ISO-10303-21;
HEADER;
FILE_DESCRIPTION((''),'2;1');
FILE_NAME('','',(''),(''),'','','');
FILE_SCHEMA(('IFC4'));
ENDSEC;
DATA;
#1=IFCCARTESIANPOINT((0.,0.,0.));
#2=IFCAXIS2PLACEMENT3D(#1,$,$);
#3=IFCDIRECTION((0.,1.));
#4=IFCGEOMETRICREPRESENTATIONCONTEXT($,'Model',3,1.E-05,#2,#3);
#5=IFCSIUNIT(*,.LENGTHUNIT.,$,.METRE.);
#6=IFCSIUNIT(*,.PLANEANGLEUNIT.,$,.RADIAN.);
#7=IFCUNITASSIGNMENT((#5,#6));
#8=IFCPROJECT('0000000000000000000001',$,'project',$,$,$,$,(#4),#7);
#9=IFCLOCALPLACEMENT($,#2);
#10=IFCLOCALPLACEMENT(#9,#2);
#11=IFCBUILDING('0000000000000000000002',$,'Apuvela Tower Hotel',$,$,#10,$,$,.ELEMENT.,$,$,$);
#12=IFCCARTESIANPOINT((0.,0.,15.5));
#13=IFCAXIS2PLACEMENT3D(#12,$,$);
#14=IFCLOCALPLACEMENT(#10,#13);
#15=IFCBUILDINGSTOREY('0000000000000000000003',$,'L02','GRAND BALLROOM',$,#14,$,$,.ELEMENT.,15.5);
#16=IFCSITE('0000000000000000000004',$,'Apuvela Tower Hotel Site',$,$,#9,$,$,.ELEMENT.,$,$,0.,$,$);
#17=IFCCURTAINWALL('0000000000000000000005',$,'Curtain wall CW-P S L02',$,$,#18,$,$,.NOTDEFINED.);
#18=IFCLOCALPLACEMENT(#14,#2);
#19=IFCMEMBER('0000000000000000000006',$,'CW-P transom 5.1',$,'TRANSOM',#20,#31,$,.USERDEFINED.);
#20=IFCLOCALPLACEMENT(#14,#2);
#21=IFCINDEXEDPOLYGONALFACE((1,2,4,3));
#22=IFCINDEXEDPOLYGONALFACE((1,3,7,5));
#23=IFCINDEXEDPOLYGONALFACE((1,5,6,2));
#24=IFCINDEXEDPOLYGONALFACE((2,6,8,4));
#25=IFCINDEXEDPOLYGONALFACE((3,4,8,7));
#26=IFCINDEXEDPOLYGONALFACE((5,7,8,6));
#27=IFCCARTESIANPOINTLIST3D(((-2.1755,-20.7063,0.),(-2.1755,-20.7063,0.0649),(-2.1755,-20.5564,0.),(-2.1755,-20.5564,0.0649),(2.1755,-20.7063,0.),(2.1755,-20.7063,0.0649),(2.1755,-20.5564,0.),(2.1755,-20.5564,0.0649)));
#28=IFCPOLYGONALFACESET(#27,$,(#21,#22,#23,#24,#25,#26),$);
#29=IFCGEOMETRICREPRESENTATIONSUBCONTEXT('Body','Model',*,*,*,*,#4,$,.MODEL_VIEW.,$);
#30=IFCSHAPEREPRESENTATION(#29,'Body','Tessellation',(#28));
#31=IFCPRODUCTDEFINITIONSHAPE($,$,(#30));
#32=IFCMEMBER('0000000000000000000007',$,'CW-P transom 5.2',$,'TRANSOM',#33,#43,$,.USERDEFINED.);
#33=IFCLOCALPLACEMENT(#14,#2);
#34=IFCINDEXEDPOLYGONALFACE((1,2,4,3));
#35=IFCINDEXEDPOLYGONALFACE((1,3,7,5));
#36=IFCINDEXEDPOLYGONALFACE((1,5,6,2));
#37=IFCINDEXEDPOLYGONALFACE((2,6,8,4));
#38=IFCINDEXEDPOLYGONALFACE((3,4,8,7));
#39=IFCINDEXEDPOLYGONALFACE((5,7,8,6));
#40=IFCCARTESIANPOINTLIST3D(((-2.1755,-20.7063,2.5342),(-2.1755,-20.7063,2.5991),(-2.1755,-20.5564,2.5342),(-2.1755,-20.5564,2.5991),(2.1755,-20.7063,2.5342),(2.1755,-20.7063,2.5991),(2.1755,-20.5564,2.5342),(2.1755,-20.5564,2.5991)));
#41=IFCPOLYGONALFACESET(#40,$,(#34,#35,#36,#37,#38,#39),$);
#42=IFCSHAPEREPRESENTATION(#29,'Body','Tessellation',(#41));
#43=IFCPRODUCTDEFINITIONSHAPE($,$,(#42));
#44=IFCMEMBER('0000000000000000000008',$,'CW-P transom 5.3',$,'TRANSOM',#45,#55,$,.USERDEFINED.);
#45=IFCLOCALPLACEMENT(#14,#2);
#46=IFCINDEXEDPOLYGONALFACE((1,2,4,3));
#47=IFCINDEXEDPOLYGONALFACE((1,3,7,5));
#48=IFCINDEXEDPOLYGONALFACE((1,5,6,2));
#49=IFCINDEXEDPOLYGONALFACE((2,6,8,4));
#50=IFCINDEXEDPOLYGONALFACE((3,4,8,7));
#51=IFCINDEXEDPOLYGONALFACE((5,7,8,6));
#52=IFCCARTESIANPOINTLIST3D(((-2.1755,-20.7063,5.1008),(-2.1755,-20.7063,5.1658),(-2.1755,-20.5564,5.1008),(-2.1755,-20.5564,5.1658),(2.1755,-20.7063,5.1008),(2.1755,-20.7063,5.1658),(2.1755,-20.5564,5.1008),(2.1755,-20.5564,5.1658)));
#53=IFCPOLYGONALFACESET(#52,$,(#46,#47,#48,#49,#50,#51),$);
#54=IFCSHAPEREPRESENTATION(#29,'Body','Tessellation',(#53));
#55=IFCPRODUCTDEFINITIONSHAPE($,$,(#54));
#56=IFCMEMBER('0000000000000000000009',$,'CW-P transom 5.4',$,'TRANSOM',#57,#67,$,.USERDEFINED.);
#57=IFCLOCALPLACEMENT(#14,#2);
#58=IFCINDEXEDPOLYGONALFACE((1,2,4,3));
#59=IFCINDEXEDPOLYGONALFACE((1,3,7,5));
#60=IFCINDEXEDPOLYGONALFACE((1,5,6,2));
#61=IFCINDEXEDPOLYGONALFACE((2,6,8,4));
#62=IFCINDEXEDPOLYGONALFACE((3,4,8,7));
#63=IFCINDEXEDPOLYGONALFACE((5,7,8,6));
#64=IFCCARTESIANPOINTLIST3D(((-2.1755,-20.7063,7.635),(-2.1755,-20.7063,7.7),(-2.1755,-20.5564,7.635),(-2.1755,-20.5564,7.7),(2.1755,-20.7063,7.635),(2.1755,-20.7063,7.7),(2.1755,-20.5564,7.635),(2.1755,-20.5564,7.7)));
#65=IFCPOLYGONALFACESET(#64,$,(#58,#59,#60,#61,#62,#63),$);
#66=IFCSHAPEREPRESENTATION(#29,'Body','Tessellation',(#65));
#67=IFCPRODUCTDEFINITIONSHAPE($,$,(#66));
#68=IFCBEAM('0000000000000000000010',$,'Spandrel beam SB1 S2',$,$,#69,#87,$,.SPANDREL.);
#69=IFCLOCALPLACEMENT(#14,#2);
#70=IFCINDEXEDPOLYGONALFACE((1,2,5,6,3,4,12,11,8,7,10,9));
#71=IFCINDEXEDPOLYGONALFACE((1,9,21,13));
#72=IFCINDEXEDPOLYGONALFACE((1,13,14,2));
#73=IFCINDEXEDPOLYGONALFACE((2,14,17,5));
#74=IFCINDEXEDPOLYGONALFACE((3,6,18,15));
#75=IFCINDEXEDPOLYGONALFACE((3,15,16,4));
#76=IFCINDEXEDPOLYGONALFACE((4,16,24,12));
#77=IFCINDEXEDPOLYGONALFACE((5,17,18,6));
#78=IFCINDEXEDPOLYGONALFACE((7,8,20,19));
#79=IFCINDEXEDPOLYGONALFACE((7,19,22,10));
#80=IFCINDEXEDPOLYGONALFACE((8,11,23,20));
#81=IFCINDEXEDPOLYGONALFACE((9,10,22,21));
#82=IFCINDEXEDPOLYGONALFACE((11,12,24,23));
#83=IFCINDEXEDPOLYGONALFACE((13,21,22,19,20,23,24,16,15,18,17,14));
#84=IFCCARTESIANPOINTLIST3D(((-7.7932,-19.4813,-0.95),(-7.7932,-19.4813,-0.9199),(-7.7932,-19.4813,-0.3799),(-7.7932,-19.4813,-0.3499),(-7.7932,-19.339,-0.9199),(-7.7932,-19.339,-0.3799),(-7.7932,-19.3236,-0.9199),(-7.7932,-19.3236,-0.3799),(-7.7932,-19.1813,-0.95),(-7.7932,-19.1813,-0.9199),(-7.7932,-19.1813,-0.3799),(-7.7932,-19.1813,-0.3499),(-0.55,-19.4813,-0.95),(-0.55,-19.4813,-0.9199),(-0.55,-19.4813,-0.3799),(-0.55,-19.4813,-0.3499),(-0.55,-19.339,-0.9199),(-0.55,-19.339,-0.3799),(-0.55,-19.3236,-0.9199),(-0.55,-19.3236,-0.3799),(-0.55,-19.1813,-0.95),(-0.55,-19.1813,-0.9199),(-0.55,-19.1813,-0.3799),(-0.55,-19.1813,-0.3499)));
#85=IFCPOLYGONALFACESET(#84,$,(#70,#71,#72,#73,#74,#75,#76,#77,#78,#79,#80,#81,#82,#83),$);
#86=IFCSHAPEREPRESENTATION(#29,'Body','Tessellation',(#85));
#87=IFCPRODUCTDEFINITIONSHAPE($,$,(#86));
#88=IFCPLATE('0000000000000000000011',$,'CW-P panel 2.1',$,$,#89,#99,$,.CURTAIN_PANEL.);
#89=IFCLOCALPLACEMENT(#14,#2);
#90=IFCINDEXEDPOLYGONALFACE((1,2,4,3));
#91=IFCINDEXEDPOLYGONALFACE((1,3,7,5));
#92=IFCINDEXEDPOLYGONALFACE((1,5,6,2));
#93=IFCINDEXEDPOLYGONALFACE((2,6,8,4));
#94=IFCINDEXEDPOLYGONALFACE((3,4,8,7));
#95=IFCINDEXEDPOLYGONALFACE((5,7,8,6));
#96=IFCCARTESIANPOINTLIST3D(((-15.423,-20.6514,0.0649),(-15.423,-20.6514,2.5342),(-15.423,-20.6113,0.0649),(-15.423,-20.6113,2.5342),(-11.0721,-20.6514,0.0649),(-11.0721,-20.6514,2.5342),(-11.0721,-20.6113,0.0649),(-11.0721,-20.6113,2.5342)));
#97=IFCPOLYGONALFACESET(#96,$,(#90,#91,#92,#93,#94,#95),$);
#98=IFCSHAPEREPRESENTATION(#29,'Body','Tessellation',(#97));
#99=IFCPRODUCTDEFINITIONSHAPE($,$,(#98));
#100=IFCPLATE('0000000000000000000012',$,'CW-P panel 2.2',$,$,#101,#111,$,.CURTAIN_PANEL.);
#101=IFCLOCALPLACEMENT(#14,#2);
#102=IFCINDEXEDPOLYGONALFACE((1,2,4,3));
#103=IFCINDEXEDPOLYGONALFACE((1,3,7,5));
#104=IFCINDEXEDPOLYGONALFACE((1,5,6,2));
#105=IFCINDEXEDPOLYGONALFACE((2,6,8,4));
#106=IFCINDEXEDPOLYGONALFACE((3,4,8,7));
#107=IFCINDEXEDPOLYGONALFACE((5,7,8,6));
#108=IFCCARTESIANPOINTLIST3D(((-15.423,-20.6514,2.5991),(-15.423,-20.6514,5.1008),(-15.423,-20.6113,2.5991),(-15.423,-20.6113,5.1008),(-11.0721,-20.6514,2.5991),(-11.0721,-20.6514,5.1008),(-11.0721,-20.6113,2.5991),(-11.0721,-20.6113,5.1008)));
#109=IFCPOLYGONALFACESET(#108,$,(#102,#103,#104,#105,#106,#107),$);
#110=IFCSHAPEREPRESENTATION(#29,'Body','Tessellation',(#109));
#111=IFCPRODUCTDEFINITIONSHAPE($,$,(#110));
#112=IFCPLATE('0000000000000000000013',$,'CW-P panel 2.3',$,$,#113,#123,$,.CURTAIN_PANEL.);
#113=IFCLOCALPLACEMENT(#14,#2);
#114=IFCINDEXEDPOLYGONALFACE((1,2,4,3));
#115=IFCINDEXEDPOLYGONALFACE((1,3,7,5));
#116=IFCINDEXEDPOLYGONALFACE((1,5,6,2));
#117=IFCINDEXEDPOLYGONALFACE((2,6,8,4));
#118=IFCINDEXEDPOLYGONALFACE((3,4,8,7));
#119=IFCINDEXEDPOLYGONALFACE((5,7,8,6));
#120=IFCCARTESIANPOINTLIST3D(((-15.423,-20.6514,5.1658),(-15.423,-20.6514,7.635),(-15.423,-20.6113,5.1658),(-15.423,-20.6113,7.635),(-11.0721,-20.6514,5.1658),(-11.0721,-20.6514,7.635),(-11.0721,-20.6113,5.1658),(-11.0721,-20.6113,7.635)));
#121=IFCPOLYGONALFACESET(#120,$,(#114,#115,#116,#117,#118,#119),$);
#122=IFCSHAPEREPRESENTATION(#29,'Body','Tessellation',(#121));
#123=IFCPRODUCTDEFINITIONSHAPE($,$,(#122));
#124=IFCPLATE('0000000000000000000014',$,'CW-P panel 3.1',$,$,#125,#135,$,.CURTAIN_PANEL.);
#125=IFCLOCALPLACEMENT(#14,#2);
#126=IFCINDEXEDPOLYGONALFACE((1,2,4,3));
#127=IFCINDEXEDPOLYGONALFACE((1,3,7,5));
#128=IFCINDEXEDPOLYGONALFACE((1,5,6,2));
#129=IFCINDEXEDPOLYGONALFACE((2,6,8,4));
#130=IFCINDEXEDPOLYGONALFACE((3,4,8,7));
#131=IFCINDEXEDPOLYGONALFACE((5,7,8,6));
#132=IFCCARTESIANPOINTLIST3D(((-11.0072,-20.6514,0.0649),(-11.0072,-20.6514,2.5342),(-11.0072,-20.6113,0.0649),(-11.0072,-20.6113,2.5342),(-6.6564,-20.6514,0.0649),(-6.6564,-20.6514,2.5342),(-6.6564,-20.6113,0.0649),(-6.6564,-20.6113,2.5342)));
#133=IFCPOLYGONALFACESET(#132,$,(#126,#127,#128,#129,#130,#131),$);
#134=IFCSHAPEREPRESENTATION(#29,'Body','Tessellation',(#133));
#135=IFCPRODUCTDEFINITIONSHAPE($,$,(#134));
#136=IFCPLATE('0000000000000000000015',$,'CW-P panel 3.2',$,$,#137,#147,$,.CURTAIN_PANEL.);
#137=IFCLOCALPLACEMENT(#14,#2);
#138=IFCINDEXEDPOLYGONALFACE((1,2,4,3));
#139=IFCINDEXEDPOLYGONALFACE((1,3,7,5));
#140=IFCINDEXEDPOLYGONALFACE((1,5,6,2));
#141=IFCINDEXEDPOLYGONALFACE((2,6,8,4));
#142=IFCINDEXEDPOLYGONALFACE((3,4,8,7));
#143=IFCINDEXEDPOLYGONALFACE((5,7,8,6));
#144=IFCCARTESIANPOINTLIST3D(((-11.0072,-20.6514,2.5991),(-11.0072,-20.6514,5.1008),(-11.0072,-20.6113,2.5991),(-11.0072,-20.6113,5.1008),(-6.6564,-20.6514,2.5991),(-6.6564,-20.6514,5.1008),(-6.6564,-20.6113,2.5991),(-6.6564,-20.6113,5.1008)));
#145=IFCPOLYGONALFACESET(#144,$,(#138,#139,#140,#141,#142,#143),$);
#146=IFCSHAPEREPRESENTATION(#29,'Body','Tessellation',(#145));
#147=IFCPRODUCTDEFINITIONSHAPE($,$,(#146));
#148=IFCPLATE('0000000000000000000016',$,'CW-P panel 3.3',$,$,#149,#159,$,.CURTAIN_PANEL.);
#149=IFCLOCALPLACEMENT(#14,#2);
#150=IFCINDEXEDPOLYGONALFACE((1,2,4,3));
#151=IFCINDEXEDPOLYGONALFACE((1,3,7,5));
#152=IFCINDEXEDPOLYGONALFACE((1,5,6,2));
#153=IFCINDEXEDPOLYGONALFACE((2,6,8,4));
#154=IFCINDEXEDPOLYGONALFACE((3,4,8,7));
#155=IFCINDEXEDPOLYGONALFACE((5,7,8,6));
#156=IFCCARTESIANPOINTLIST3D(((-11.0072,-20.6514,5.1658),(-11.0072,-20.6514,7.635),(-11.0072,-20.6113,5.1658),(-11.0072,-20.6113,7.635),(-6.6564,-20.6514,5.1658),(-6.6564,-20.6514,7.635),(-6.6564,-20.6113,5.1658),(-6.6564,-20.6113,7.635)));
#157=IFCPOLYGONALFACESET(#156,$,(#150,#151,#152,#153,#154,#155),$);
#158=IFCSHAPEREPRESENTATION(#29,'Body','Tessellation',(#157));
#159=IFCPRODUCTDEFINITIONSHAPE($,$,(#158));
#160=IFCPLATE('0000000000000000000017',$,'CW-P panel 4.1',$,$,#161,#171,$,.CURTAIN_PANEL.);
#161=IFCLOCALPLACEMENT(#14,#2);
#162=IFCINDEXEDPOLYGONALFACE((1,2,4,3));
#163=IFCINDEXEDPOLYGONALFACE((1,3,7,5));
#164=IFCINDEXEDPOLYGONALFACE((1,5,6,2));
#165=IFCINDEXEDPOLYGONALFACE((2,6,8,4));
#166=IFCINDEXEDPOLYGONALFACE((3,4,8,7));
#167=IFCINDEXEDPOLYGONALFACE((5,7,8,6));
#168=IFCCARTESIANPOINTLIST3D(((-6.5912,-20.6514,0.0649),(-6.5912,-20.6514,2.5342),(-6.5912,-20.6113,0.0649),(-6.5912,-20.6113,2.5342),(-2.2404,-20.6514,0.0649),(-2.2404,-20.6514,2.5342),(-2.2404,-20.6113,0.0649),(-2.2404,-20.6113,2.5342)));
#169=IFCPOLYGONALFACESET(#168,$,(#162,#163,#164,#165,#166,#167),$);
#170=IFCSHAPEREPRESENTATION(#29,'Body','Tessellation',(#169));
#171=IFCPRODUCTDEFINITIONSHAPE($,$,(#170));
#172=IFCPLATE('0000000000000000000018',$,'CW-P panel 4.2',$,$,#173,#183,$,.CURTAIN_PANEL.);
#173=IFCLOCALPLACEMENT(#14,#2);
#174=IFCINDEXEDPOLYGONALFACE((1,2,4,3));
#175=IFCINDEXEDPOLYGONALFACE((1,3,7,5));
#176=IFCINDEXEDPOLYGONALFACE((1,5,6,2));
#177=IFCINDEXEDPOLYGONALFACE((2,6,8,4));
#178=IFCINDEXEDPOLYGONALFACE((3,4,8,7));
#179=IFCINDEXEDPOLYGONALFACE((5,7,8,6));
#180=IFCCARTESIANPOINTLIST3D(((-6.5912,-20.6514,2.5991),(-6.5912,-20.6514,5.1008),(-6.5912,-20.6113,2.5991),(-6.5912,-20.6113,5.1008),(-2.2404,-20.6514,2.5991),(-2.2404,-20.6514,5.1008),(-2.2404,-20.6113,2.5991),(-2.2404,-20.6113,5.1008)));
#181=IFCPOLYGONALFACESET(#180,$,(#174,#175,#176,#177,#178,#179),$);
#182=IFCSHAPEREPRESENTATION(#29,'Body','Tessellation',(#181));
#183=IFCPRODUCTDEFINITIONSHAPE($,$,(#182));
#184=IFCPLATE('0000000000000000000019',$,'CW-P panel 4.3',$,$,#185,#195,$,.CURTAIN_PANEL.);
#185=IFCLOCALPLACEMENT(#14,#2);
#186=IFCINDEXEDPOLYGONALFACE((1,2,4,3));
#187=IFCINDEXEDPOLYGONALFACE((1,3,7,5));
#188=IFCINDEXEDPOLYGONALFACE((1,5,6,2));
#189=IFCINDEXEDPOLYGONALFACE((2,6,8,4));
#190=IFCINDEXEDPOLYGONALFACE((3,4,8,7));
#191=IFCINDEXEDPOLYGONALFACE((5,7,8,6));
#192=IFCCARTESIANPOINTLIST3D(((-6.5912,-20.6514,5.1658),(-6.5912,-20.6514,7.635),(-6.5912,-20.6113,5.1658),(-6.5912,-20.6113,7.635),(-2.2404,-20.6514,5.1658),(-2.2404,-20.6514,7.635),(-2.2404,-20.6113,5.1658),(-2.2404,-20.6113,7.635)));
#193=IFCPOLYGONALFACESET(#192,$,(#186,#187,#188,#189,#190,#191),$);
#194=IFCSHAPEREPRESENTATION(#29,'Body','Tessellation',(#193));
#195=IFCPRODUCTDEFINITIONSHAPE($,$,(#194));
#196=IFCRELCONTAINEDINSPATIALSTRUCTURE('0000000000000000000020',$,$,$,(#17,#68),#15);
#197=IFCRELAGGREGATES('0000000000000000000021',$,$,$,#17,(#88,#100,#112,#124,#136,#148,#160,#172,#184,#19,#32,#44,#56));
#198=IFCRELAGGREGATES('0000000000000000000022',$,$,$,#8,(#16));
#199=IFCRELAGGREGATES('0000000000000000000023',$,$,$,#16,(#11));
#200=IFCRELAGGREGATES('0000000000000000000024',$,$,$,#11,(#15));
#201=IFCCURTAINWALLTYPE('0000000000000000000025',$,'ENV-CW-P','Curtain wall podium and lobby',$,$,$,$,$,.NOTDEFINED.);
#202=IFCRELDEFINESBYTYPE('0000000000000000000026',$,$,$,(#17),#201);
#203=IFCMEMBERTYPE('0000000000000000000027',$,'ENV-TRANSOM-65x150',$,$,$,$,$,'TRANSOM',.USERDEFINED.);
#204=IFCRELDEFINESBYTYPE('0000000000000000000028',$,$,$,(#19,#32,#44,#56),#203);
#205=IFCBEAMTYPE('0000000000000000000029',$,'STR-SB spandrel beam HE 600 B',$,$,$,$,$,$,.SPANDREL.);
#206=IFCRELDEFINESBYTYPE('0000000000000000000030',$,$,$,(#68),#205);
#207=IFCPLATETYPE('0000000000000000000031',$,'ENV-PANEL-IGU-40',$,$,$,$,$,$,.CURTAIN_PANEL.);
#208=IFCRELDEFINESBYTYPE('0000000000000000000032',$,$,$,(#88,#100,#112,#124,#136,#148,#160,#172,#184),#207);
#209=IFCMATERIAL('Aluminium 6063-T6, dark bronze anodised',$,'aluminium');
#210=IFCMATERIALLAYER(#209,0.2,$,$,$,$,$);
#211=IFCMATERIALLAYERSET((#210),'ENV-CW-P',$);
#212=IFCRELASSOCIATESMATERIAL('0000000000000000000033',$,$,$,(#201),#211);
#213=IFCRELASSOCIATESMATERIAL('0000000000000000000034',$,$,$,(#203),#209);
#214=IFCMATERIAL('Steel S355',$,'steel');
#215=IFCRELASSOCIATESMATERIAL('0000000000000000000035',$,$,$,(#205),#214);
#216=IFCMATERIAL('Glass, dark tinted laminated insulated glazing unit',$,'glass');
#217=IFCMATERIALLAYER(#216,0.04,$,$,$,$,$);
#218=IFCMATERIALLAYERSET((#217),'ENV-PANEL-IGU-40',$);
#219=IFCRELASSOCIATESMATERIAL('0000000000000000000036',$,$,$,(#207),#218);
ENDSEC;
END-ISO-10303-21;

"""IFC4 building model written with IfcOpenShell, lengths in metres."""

from ifc_helpers import new_model, si_unit, direction, frame, origin, origin_2d, place, context, subcontext, project, spatial, rectangle, i_section, extrude, material, layer, layer_set, material_profile, profile_set, type_object, element, aggregate, save


model = new_model("IFC4")

# Units and contexts
model_context = context("Model", 3, precision=1e-05, world=origin(), true_north=direction((0.0, 1.0)))
body_context = subcontext(model_context, "Body", "Model", "MODEL_VIEW")
ifc_project = project(units=[si_unit("LENGTHUNIT", "METRE"), si_unit("PLANEANGLEUNIT", "RADIAN")], contexts=[model_context])

# Site, building, storey
site_placement = place(None, origin())
site = spatial("IfcSite", under=ifc_project, at=site_placement, Name="Apuvela Tower Hotel Site", CompositionType="ELEMENT", RefElevation=0.0)
building_placement = place(site_placement, origin())
building = spatial("IfcBuilding", under=site, at=building_placement, Name="Apuvela Tower Hotel", CompositionType="ELEMENT")
storey_placement = place(building_placement, frame((0.0, 0.0, 15.5)))
storey = spatial("IfcBuildingStorey", under=building, at=storey_placement, Name="L02", Description="GRAND BALLROOM", CompositionType="ELEMENT", Elevation=15.5)

# Curtain wall, members
ifc_material_1 = material(Name="Aluminium 6063-T6, dark bronze anodised", Category="aluminium")
ifc_layer_1 = layer(ifc_material_1, 0.2)
ifc_layer_set_1 = layer_set([ifc_layer_1], Name="ENV-CW-P")
curtain_wall_type = type_object("IfcCurtainWallType", Name="ENV-CW-P", Description="Curtain wall podium and lobby", PredefinedType="NOTDEFINED", material=ifc_layer_set_1)
curtain_wall_placement = place(storey_placement, origin())
curtain_wall = element("IfcCurtainWall", 1, at=curtain_wall_placement, inside=storey, type_object=curtain_wall_type, Name="Curtain wall CW-P S L02", PredefinedType="NOTDEFINED")
ifc_material_profile_1 = material_profile(ifc_material_1, rectangle(XDim=0.1499, YDim=0.0649, at=origin_2d()), Name="AL 65x150 transom")
ifc_profile_set_1 = profile_set([ifc_material_profile_1], Name="Aluminium 6063-T6, dark bronze anodised")
member_type_1 = type_object("IfcMemberType", Name="ENV-TRANSOM-65x150", ElementType="TRANSOM", PredefinedType="USERDEFINED", material=ifc_profile_set_1)
member_1_placement = place(storey_placement, frame((-2.1755, -20.6313, 0.0325), z_axis=(1.0, 0.0, 0.0), x_axis=(0.0, 1.0, 0.0)))
member_1 = element("IfcMember", 2, at=member_1_placement, type_object=member_type_1, Name="CW-P transom 5.1", ObjectType="TRANSOM", PredefinedType="USERDEFINED", context=body_context, shape_type="SweptSolid", body=[
    extrude(rectangle(XDim=0.1499, YDim=0.0649, at=origin_2d()), origin(), (0.0, 0.0, 1.0), 4.3511),
])
member_2_placement = place(storey_placement, frame((-2.1755, -20.6313, 2.5667), z_axis=(1.0, 0.0, 0.0), x_axis=(0.0, 1.0, 0.0)))
member_2 = element("IfcMember", 3, at=member_2_placement, type_object=member_type_1, Name="CW-P transom 5.2", ObjectType="TRANSOM", PredefinedType="USERDEFINED", context=body_context, shape_type="SweptSolid", body=[
    extrude(rectangle(XDim=0.1499, YDim=0.0649, at=origin_2d()), origin(), (0.0, 0.0, 1.0), 4.3511),
])
member_3_placement = place(storey_placement, frame((-2.1755, -20.6313, 5.1333), z_axis=(1.0, 0.0, 0.0), x_axis=(0.0, 1.0, 0.0)))
member_3 = element("IfcMember", 4, at=member_3_placement, type_object=member_type_1, Name="CW-P transom 5.3", ObjectType="TRANSOM", PredefinedType="USERDEFINED", context=body_context, shape_type="SweptSolid", body=[
    extrude(rectangle(XDim=0.1499, YDim=0.0649, at=origin_2d()), origin(), (0.0, 0.0, 1.0), 4.3511),
])
member_4_placement = place(storey_placement, frame((-2.1755, -20.6313, 7.6675), z_axis=(1.0, 0.0, 0.0), x_axis=(0.0, 1.0, 0.0)))
member_4 = element("IfcMember", 5, at=member_4_placement, type_object=member_type_1, Name="CW-P transom 5.4", ObjectType="TRANSOM", PredefinedType="USERDEFINED", context=body_context, shape_type="SweptSolid", body=[
    extrude(rectangle(XDim=0.1499, YDim=0.0649, at=origin_2d()), origin(), (0.0, 0.0, 1.0), 4.3511),
])

# Beam
ifc_material_2 = material(Name="Steel S355", Category="steel")
ifc_material_profile_2 = material_profile(ifc_material_2, i_section(OverallWidth=0.3, OverallDepth=0.6001, WebThickness=0.0154, FlangeThickness=0.03, at=origin_2d()), Name="HE 600 B")
ifc_profile_set_2 = profile_set([ifc_material_profile_2], Name="Steel S355")
beam_type = type_object("IfcBeamType", Name="STR-SB spandrel beam HE 600 B", PredefinedType="SPANDREL", material=ifc_profile_set_2)
beam_placement = place(storey_placement, frame((-7.7932, -19.3313, -0.6499), z_axis=(1.0, 0.0, 0.0), x_axis=(0.0, 1.0, 0.0)))
element("IfcBeam", 6, at=beam_placement, inside=storey, type_object=beam_type, Name="Spandrel beam SB1 S2", PredefinedType="SPANDREL", context=body_context, shape_type="SweptSolid", body=[
    extrude(i_section(OverallWidth=0.3, OverallDepth=0.6001, WebThickness=0.0154, FlangeThickness=0.03, at=origin_2d()), origin(), (0.0, 0.0, 1.0), 7.2432),
])

# Plates
ifc_material_3 = material(Name="Glass, dark tinted laminated insulated glazing unit", Category="glass")
ifc_layer_2 = layer(ifc_material_3, 0.04)
ifc_layer_set_2 = layer_set([ifc_layer_2], Name="ENV-PANEL-IGU-40")
plate_type = type_object("IfcPlateType", Name="ENV-PANEL-IGU-40", PredefinedType="CURTAIN_PANEL", material=ifc_layer_set_2)
plate_1_placement = place(storey_placement, frame((-13.2476, -20.6313, 0.0649), z_axis=(0.0, 0.0, 1.0), x_axis=(1.0, 0.0, 0.0)))
plate_1 = element("IfcPlate", 7, at=plate_1_placement, type_object=plate_type, Name="CW-P panel 2.1", PredefinedType="CURTAIN_PANEL", context=body_context, shape_type="SweptSolid", body=[
    extrude(rectangle(XDim=4.3508, YDim=0.04, at=origin_2d()), origin(), (0.0, 0.0, 1.0), 2.4692),
])
plate_2_placement = place(storey_placement, frame((-13.2476, -20.6313, 2.5991), z_axis=(0.0, 0.0, 1.0), x_axis=(1.0, 0.0, 0.0)))
plate_2 = element("IfcPlate", 8, at=plate_2_placement, type_object=plate_type, Name="CW-P panel 2.2", PredefinedType="CURTAIN_PANEL", context=body_context, shape_type="SweptSolid", body=[
    extrude(rectangle(XDim=4.3508, YDim=0.04, at=origin_2d()), origin(), (0.0, 0.0, 1.0), 2.5017),
])
plate_3_placement = place(storey_placement, frame((-13.2476, -20.6313, 5.1658), z_axis=(0.0, 0.0, 1.0), x_axis=(1.0, 0.0, 0.0)))
plate_3 = element("IfcPlate", 9, at=plate_3_placement, type_object=plate_type, Name="CW-P panel 2.3", PredefinedType="CURTAIN_PANEL", context=body_context, shape_type="SweptSolid", body=[
    extrude(rectangle(XDim=4.3508, YDim=0.04, at=origin_2d()), origin(), (0.0, 0.0, 1.0), 2.4692),
])
plate_4_placement = place(storey_placement, frame((-8.8318, -20.6313, 0.0649), z_axis=(0.0, 0.0, 1.0), x_axis=(1.0, 0.0, 0.0)))
plate_4 = element("IfcPlate", 10, at=plate_4_placement, type_object=plate_type, Name="CW-P panel 3.1", PredefinedType="CURTAIN_PANEL", context=body_context, shape_type="SweptSolid", body=[
    extrude(rectangle(XDim=4.3508, YDim=0.04, at=origin_2d()), origin(), (0.0, 0.0, 1.0), 2.4692),
])
plate_5_placement = place(storey_placement, frame((-8.8318, -20.6313, 2.5991), z_axis=(0.0, 0.0, 1.0), x_axis=(1.0, 0.0, 0.0)))
plate_5 = element("IfcPlate", 11, at=plate_5_placement, type_object=plate_type, Name="CW-P panel 3.2", PredefinedType="CURTAIN_PANEL", context=body_context, shape_type="SweptSolid", body=[
    extrude(rectangle(XDim=4.3508, YDim=0.04, at=origin_2d()), origin(), (0.0, 0.0, 1.0), 2.5017),
])
plate_6_placement = place(storey_placement, frame((-8.8318, -20.6313, 5.1658), z_axis=(0.0, 0.0, 1.0), x_axis=(1.0, 0.0, 0.0)))
plate_6 = element("IfcPlate", 12, at=plate_6_placement, type_object=plate_type, Name="CW-P panel 3.3", PredefinedType="CURTAIN_PANEL", context=body_context, shape_type="SweptSolid", body=[
    extrude(rectangle(XDim=4.3508, YDim=0.04, at=origin_2d()), origin(), (0.0, 0.0, 1.0), 2.4692),
])
plate_7_placement = place(storey_placement, frame((-4.4158, -20.6313, 0.0649), z_axis=(0.0, 0.0, 1.0), x_axis=(1.0, 0.0, 0.0)))
plate_7 = element("IfcPlate", 13, at=plate_7_placement, type_object=plate_type, Name="CW-P panel 4.1", PredefinedType="CURTAIN_PANEL", context=body_context, shape_type="SweptSolid", body=[
    extrude(rectangle(XDim=4.3508, YDim=0.04, at=origin_2d()), origin(), (0.0, 0.0, 1.0), 2.4692),
])
plate_8_placement = place(storey_placement, frame((-4.4158, -20.6313, 2.5991), z_axis=(0.0, 0.0, 1.0), x_axis=(1.0, 0.0, 0.0)))
plate_8 = element("IfcPlate", 14, at=plate_8_placement, type_object=plate_type, Name="CW-P panel 4.2", PredefinedType="CURTAIN_PANEL", context=body_context, shape_type="SweptSolid", body=[
    extrude(rectangle(XDim=4.3508, YDim=0.04, at=origin_2d()), origin(), (0.0, 0.0, 1.0), 2.5017),
])
plate_9_placement = place(storey_placement, frame((-4.4158, -20.6313, 5.1658), z_axis=(0.0, 0.0, 1.0), x_axis=(1.0, 0.0, 0.0)))
plate_9 = element("IfcPlate", 15, at=plate_9_placement, type_object=plate_type, Name="CW-P panel 4.3", PredefinedType="CURTAIN_PANEL", context=body_context, shape_type="SweptSolid", body=[
    extrude(rectangle(XDim=4.3508, YDim=0.04, at=origin_2d()), origin(), (0.0, 0.0, 1.0), 2.4692),
])
aggregate(curtain_wall, [plate_1, plate_2, plate_3, plate_4, plate_5, plate_6, plate_7, plate_8, plate_9, member_1, member_2, member_3, member_4])

save(model, "model.ifc")
